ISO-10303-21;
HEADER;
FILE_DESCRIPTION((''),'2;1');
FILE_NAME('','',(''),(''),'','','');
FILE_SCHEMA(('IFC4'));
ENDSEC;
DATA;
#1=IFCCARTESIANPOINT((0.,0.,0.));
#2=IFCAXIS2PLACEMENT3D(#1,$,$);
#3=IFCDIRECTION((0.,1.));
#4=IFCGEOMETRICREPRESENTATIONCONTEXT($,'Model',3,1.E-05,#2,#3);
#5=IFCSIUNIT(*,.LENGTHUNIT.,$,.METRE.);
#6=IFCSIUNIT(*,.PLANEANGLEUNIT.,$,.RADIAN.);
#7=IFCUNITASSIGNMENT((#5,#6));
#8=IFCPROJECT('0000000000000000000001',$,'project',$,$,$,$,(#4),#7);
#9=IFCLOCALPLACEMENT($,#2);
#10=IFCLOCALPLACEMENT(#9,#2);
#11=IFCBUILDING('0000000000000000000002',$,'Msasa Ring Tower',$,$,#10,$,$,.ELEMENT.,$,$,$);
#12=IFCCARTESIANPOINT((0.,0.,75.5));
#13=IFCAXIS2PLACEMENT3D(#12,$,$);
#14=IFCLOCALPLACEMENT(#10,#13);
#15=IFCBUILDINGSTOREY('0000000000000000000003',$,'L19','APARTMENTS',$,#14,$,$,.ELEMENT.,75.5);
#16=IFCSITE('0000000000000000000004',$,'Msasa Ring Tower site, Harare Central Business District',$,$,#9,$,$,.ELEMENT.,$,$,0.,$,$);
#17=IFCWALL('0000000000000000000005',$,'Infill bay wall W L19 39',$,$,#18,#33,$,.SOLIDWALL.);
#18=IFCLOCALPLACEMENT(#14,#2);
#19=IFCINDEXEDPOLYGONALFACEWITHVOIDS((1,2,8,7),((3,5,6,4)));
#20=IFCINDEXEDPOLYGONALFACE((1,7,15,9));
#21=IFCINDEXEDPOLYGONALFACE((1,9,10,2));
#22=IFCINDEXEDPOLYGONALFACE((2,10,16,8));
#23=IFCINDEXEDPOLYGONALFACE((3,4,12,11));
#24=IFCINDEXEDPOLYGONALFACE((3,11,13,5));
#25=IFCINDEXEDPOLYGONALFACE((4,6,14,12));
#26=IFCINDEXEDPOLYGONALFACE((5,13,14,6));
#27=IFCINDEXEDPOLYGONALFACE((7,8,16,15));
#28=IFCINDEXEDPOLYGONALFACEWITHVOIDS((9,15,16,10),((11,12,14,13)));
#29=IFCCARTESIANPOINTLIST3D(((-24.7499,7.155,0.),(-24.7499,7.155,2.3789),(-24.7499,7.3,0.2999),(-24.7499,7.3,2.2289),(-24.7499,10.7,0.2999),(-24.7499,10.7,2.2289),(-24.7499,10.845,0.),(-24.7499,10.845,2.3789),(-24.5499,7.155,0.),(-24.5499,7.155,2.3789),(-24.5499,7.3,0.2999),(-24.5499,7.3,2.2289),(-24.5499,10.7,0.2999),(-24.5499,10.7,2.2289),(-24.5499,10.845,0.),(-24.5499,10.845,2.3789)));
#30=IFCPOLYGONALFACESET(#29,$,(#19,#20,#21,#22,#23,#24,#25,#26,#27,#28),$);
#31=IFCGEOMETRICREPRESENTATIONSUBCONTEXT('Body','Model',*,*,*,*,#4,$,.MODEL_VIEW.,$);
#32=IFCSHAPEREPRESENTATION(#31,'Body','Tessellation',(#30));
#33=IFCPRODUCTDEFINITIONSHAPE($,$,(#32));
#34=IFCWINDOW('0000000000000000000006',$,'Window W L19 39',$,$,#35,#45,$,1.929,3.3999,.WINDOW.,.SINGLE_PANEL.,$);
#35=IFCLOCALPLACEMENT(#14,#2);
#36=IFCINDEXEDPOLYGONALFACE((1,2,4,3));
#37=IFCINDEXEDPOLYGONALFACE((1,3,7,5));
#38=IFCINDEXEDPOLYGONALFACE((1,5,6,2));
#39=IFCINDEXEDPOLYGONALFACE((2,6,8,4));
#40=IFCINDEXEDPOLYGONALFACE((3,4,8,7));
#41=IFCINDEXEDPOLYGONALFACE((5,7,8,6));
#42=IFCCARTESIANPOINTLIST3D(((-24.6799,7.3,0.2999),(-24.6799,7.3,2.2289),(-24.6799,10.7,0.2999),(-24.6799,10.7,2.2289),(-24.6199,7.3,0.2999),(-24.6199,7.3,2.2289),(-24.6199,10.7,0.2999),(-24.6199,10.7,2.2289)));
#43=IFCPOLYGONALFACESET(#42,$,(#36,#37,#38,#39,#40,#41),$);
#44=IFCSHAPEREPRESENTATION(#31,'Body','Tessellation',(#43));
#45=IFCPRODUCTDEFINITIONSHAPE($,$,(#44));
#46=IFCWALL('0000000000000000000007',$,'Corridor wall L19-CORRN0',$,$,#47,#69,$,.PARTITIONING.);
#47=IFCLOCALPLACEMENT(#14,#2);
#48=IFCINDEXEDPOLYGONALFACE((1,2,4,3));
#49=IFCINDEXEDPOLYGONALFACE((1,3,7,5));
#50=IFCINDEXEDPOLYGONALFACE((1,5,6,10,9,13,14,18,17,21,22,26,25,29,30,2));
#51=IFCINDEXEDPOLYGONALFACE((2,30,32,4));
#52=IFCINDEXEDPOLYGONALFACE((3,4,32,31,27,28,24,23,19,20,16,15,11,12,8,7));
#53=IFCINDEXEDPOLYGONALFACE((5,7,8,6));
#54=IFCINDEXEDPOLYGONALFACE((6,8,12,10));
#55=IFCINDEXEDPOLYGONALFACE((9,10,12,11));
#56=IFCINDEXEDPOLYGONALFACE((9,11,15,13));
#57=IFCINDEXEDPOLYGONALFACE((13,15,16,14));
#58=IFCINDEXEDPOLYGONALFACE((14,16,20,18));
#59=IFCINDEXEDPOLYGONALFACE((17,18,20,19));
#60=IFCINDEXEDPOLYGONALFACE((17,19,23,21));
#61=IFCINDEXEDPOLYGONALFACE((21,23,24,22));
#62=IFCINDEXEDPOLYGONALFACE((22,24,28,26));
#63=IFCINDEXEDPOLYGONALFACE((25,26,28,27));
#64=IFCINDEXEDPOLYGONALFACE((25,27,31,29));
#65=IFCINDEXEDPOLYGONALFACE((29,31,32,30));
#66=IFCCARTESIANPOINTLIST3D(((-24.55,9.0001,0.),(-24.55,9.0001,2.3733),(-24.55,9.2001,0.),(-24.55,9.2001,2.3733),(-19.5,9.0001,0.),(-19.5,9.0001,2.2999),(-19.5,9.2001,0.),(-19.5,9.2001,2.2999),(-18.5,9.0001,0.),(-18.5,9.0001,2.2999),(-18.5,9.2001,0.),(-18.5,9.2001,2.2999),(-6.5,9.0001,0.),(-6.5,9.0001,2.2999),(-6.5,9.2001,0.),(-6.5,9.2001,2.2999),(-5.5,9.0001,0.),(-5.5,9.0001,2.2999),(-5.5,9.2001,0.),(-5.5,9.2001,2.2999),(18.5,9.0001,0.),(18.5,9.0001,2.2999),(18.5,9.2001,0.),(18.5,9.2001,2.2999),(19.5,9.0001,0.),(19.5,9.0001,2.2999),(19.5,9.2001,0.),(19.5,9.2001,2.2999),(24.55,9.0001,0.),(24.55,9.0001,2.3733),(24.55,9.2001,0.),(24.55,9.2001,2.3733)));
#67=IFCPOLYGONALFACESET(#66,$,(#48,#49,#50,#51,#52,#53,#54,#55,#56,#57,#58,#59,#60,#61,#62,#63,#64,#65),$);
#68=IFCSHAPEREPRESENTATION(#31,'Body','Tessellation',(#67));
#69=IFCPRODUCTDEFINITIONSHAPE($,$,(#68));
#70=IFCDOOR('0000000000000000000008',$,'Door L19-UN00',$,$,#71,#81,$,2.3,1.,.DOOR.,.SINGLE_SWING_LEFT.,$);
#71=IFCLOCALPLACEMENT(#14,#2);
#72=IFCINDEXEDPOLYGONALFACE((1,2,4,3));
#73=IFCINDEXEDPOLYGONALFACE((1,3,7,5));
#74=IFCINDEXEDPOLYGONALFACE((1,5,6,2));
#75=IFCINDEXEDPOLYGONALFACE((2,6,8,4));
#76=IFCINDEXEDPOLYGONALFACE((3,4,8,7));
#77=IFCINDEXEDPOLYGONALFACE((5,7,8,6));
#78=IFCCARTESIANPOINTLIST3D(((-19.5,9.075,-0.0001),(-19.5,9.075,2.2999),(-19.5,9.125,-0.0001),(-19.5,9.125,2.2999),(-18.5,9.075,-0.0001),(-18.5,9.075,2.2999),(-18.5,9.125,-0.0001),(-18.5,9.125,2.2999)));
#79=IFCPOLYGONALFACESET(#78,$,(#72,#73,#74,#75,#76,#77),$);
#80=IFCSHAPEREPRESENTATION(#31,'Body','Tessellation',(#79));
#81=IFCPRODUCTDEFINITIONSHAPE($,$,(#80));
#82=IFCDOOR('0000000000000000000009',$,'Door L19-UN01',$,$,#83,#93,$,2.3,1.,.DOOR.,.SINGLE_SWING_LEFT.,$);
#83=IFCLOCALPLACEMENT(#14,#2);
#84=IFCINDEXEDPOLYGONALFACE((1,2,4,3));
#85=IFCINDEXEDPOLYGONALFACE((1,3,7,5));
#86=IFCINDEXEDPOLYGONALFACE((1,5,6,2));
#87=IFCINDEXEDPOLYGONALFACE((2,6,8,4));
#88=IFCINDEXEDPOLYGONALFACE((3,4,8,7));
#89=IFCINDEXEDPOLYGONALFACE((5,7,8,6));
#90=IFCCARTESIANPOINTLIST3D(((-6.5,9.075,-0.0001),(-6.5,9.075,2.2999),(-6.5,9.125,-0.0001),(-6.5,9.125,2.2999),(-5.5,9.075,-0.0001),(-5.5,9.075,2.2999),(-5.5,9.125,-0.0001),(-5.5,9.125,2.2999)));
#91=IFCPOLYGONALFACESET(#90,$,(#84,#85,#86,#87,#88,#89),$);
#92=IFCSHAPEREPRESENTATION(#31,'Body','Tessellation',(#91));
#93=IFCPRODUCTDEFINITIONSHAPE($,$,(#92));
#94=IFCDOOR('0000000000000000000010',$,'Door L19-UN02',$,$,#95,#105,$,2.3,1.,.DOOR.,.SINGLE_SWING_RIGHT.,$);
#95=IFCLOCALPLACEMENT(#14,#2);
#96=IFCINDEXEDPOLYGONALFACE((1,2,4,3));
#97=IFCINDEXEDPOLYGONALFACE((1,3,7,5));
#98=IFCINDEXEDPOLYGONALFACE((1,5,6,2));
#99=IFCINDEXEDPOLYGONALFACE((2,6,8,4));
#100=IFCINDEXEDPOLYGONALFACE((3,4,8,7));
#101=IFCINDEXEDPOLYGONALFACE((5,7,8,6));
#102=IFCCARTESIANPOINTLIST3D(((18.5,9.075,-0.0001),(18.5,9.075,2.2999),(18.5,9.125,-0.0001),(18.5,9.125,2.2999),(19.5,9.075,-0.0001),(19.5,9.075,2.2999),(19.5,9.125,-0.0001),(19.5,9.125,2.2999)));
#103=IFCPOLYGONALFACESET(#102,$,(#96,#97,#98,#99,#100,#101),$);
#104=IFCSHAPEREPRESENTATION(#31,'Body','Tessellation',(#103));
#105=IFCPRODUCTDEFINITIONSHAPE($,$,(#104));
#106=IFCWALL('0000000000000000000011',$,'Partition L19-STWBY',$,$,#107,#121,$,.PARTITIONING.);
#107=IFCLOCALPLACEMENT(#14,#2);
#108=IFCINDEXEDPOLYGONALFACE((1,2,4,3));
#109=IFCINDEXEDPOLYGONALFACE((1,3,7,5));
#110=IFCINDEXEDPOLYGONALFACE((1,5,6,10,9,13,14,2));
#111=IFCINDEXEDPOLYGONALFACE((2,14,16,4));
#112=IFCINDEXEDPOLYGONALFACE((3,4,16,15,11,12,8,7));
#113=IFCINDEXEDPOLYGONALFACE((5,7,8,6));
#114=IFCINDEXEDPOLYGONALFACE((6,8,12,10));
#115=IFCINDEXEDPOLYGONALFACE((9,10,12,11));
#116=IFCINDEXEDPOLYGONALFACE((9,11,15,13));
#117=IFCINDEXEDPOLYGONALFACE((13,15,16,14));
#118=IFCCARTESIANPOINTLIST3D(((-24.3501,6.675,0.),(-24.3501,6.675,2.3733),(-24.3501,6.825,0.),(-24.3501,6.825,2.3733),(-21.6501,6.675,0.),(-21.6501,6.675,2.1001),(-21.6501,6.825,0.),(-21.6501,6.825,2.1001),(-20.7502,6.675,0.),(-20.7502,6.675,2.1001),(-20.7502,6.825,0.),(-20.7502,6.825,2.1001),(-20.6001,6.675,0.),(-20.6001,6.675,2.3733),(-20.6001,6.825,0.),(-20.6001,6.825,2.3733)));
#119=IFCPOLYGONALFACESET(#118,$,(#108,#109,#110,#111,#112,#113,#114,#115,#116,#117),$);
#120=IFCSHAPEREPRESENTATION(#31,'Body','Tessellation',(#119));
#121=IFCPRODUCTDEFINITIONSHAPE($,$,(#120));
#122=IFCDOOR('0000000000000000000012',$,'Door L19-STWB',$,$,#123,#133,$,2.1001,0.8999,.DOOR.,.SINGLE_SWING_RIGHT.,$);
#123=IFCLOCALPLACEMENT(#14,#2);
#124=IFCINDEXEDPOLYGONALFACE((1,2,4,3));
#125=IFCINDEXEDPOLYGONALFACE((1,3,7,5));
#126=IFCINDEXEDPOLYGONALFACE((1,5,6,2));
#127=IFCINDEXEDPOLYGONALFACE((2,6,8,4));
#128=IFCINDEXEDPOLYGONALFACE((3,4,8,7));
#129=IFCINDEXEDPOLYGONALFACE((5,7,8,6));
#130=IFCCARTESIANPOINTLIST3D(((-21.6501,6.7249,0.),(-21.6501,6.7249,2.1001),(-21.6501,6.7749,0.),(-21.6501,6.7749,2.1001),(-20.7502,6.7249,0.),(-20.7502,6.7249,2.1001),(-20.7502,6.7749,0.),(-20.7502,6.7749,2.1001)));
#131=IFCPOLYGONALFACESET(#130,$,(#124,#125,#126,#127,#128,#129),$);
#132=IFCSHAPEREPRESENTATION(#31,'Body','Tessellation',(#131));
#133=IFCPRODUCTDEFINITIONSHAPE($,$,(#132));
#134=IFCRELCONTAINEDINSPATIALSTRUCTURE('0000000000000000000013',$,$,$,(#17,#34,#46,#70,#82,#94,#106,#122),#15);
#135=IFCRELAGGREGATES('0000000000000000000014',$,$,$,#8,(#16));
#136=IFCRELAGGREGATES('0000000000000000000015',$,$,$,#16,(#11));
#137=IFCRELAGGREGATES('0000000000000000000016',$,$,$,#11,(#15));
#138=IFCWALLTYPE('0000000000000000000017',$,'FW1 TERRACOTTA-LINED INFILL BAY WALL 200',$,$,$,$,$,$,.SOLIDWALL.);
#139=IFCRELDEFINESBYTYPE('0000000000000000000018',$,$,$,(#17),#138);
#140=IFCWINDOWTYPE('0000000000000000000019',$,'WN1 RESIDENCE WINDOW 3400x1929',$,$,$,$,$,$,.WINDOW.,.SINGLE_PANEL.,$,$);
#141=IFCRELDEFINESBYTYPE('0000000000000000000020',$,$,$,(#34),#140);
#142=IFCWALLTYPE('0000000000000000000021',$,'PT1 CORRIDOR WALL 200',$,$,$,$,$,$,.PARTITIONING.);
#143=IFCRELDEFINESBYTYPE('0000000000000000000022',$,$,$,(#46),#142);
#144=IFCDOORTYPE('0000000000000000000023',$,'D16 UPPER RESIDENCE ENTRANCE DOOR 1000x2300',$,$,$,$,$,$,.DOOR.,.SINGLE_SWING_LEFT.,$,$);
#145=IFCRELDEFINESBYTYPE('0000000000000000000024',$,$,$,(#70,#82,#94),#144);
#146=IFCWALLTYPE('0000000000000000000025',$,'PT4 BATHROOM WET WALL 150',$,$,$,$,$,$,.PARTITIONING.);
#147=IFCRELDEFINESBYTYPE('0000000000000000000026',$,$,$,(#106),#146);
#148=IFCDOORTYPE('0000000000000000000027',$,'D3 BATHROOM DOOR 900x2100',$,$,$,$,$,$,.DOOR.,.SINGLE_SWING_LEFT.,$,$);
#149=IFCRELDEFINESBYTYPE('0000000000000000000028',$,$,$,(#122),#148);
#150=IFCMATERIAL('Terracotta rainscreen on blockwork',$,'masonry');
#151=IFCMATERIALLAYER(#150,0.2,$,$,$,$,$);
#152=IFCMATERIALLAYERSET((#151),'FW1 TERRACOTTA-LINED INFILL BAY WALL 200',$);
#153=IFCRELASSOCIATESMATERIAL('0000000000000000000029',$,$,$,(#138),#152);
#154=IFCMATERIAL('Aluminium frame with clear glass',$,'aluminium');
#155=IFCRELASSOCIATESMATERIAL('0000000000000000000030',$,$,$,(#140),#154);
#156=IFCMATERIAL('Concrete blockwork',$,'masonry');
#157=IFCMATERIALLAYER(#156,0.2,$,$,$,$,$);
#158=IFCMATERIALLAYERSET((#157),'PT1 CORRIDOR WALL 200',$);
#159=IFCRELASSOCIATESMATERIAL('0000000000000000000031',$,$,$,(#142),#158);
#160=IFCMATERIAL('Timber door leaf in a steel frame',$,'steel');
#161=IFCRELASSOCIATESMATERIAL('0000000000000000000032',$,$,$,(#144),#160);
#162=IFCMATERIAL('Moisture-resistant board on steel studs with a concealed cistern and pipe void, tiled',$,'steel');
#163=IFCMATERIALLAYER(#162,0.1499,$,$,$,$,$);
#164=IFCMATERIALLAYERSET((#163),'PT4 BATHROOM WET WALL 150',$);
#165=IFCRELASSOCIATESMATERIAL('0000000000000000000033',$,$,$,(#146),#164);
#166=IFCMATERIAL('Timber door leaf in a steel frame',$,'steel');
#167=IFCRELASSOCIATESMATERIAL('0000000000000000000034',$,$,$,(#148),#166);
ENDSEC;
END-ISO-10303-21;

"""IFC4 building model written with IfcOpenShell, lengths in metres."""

from ifc_helpers import new_model, si_unit, direction, frame, frame_2d, origin, place, context, subcontext, project, spatial, rectangle, extrude, material, layer, layer_set, type_object, element, fill, save


model = new_model("IFC4")

# Units and contexts
model_context = context("Model", 3, precision=1e-05, world=origin(), true_north=direction((0.0, 1.0)))
body_context = subcontext(model_context, "Body", "Model", "MODEL_VIEW")
ifc_project = project(units=[si_unit("LENGTHUNIT", "METRE"), si_unit("PLANEANGLEUNIT", "RADIAN")], contexts=[model_context])

# Site, building, storey
site_placement = place(None, origin())
site = spatial("IfcSite", under=ifc_project, at=site_placement, Name="Msasa Ring Tower site, Harare Central Business District", CompositionType="ELEMENT", RefElevation=0.0)
building_placement = place(site_placement, origin())
building = spatial("IfcBuilding", under=site, at=building_placement, Name="Msasa Ring Tower", CompositionType="ELEMENT")
storey_placement = place(building_placement, frame((0.0, 0.0, 75.5)))
storey = spatial("IfcBuildingStorey", under=building, at=storey_placement, Name="L19", Description="APARTMENTS", CompositionType="ELEMENT", Elevation=75.5)

# Wall, opening, window
ifc_material_1 = material(Name="Terracotta rainscreen on blockwork", Category="masonry")
ifc_layer_1 = layer(ifc_material_1, 0.2)
ifc_layer_set_1 = layer_set([ifc_layer_1], Name="FW1 TERRACOTTA-LINED INFILL BAY WALL 200")
wall_type_1 = type_object("IfcWallType", Name="FW1 TERRACOTTA-LINED INFILL BAY WALL 200", PredefinedType="SOLIDWALL", material=ifc_layer_set_1)
wall_1_placement = place(storey_placement, frame((-24.6499, 7.155, 0.0), z_axis=(0.0, 0.0, 1.0), x_axis=(0.0, 1.0, 0.0)))
wall_1 = element("IfcWall", 1, at=wall_1_placement, inside=storey, type_object=wall_type_1, Name="Infill bay wall W L19 39", PredefinedType="SOLIDWALL", context=body_context, shape_type="SweptSolid", body=[
    extrude(rectangle(XDim=3.6899, YDim=0.2, at=frame_2d((1.845, 0.0))), origin(), (0.0, 0.0, 1.0), 2.3789),
])
opening_1_placement = place(wall_1_placement, frame((0.145, 0.0, 0.3)))
opening_1 = element("IfcOpeningElement", 2, at=opening_1_placement, cuts=wall_1, PredefinedType="OPENING", context=body_context, shape_type="SweptSolid", body=[
    extrude(rectangle(XDim=3.3999, YDim=1.929, at=frame_2d((1.7, 0.9644))), frame((0.0, 0.1099, 0.0), z_axis=(0.0, -1.0, 0.0), x_axis=(1.0, 0.0, 0.0)), (0.0, 0.0, 1.0), 0.22),
])
ifc_material_2 = material(Name="Aluminium frame with clear glass", Category="aluminium")
window_type = type_object("IfcWindowType", Name="WN1 RESIDENCE WINDOW 3400x1929", PartitioningType="SINGLE_PANEL", PredefinedType="WINDOW", material=ifc_material_2)
window_placement = place(opening_1_placement, origin())
window = element("IfcWindow", 3, at=window_placement, inside=storey, type_object=window_type, Name="Window W L19 39", OverallHeight=1.929, OverallWidth=3.3999, PartitioningType="SINGLE_PANEL", PredefinedType="WINDOW", context=body_context, shape_type="SweptSolid", body=[
    extrude(rectangle(XDim=3.3999, YDim=1.929, at=frame_2d((1.7, 0.9644))), frame((0.0, 0.03, 0.0), z_axis=(0.0, -1.0, 0.0), x_axis=(1.0, 0.0, 0.0)), (0.0, 0.0, 1.0), 0.0601),
])
fill(opening_1, window)

# Wall, openings, doors
ifc_material_3 = material(Name="Concrete blockwork", Category="masonry")
ifc_layer_2 = layer(ifc_material_3, 0.2)
ifc_layer_set_2 = layer_set([ifc_layer_2], Name="PT1 CORRIDOR WALL 200")
wall_type_2 = type_object("IfcWallType", Name="PT1 CORRIDOR WALL 200", PredefinedType="PARTITIONING", material=ifc_layer_set_2)
wall_2_placement = place(storey_placement, frame((-24.55, 9.1001, 0.0), z_axis=(0.0, 0.0, 1.0), x_axis=(1.0, 0.0, 0.0)))
wall_2 = element("IfcWall", 4, at=wall_2_placement, inside=storey, type_object=wall_type_2, Name="Corridor wall L19-CORRN0", PredefinedType="PARTITIONING", context=body_context, shape_type="SweptSolid", body=[
    extrude(rectangle(XDim=49.1001, YDim=0.2, at=frame_2d((24.55, 0.0))), origin(), (0.0, 0.0, 1.0), 2.3733),
])
opening_2_placement = place(wall_2_placement, frame((5.05, 0.0, 0.0)))
opening_2 = element("IfcOpeningElement", 5, at=opening_2_placement, cuts=wall_2, PredefinedType="OPENING", context=body_context, shape_type="SweptSolid", body=[
    extrude(rectangle(XDim=1.0, YDim=2.3, at=frame_2d((0.5, 1.1499))), frame((0.0, 0.1099, 0.0), z_axis=(0.0, -1.0, 0.0), x_axis=(1.0, 0.0, 0.0)), (0.0, 0.0, 1.0), 0.22),
])
opening_3_placement = place(wall_2_placement, frame((18.05, 0.0, 0.0)))
opening_3 = element("IfcOpeningElement", 6, at=opening_3_placement, cuts=wall_2, PredefinedType="OPENING", context=body_context, shape_type="SweptSolid", body=[
    extrude(rectangle(XDim=1.0, YDim=2.3, at=frame_2d((0.5, 1.1499))), frame((0.0, 0.1099, 0.0), z_axis=(0.0, -1.0, 0.0), x_axis=(1.0, 0.0, 0.0)), (0.0, 0.0, 1.0), 0.22),
])
opening_4_placement = place(wall_2_placement, frame((43.05, 0.0, 0.0)))
opening_4 = element("IfcOpeningElement", 7, at=opening_4_placement, cuts=wall_2, PredefinedType="OPENING", context=body_context, shape_type="SweptSolid", body=[
    extrude(rectangle(XDim=1.0, YDim=2.3, at=frame_2d((0.5, 1.1499))), frame((0.0, 0.1099, 0.0), z_axis=(0.0, -1.0, 0.0), x_axis=(1.0, 0.0, 0.0)), (0.0, 0.0, 1.0), 0.22),
])
ifc_material_4 = material(Name="Timber door leaf in a steel frame", Category="steel")
door_type_1 = type_object("IfcDoorType", Name="D16 UPPER RESIDENCE ENTRANCE DOOR 1000x2300", OperationType="SINGLE_SWING_LEFT", PredefinedType="DOOR", material=ifc_material_4)
door_1_placement = place(opening_2_placement, origin())
door_1 = element("IfcDoor", 8, at=door_1_placement, inside=storey, type_object=door_type_1, Name="Door L19-UN00", OperationType="SINGLE_SWING_LEFT", OverallHeight=2.3, OverallWidth=1.0, PredefinedType="DOOR", context=body_context, shape_type="SweptSolid", body=[
    extrude(rectangle(XDim=1.0, YDim=2.3, at=frame_2d((0.5, 1.1499))), frame((0.0, 0.0249, 0.0), z_axis=(0.0, -1.0, 0.0), x_axis=(1.0, 0.0, 0.0)), (0.0, 0.0, 1.0), 0.05),
])
fill(opening_2, door_1)
door_2_placement = place(opening_3_placement, origin())
door_2 = element("IfcDoor", 9, at=door_2_placement, inside=storey, type_object=door_type_1, Name="Door L19-UN01", OperationType="SINGLE_SWING_LEFT", OverallHeight=2.3, OverallWidth=1.0, PredefinedType="DOOR", context=body_context, shape_type="SweptSolid", body=[
    extrude(rectangle(XDim=1.0, YDim=2.3, at=frame_2d((0.5, 1.1499))), frame((0.0, 0.0249, 0.0), z_axis=(0.0, -1.0, 0.0), x_axis=(1.0, 0.0, 0.0)), (0.0, 0.0, 1.0), 0.05),
])
fill(opening_3, door_2)
door_3_placement = place(opening_4_placement, origin())
door_3 = element("IfcDoor", 10, at=door_3_placement, inside=storey, type_object=door_type_1, Name="Door L19-UN02", OperationType="SINGLE_SWING_RIGHT", OverallHeight=2.3, OverallWidth=1.0, PredefinedType="DOOR", context=body_context, shape_type="SweptSolid", body=[
    extrude(rectangle(XDim=1.0, YDim=2.3, at=frame_2d((0.5, 1.1499))), frame((0.0, 0.0249, 0.0), z_axis=(0.0, -1.0, 0.0), x_axis=(1.0, 0.0, 0.0)), (0.0, 0.0, 1.0), 0.05),
])
fill(opening_4, door_3)

# Wall, opening, door
ifc_material_5 = material(Name="Moisture-resistant board on steel studs with a concealed cistern and pipe void, tiled", Category="steel")
ifc_layer_3 = layer(ifc_material_5, 0.1499)
ifc_layer_set_3 = layer_set([ifc_layer_3], Name="PT4 BATHROOM WET WALL 150")
wall_type_3 = type_object("IfcWallType", Name="PT4 BATHROOM WET WALL 150", PredefinedType="PARTITIONING", material=ifc_layer_set_3)
wall_3_placement = place(storey_placement, frame((-24.3501, 6.75, 0.0), z_axis=(0.0, 0.0, 1.0), x_axis=(1.0, 0.0, 0.0)))
wall_3 = element("IfcWall", 11, at=wall_3_placement, inside=storey, type_object=wall_type_3, Name="Partition L19-STWBY", PredefinedType="PARTITIONING", context=body_context, shape_type="SweptSolid", body=[
    extrude(rectangle(XDim=3.75, YDim=0.1499, at=frame_2d((1.875, 0.0))), origin(), (0.0, 0.0, 1.0), 2.3733),
])
opening_5_placement = place(wall_3_placement, frame((2.7, 0.0, 0.0)))
opening_5 = element("IfcOpeningElement", 12, at=opening_5_placement, cuts=wall_3, PredefinedType="OPENING", context=body_context, shape_type="SweptSolid", body=[
    extrude(rectangle(XDim=0.8999, YDim=2.1001, at=frame_2d((0.45, 1.05))), frame((0.0, 0.085, 0.0), z_axis=(0.0, -1.0, 0.0), x_axis=(1.0, 0.0, 0.0)), (0.0, 0.0, 1.0), 0.1699),
])
ifc_material_6 = material(Name="Timber door leaf in a steel frame", Category="steel")
door_type_2 = type_object("IfcDoorType", Name="D3 BATHROOM DOOR 900x2100", OperationType="SINGLE_SWING_LEFT", PredefinedType="DOOR", material=ifc_material_6)
door_4_placement = place(opening_5_placement, origin())
door_4 = element("IfcDoor", 13, at=door_4_placement, inside=storey, type_object=door_type_2, Name="Door L19-STWB", OperationType="SINGLE_SWING_RIGHT", OverallHeight=2.1001, OverallWidth=0.8999, PredefinedType="DOOR", context=body_context, shape_type="SweptSolid", body=[
    extrude(rectangle(XDim=0.8999, YDim=2.1001, at=frame_2d((0.45, 1.05))), frame((0.0, 0.0249, 0.0), z_axis=(0.0, -1.0, 0.0), x_axis=(1.0, 0.0, 0.0)), (0.0, 0.0, 1.0), 0.05),
])
fill(opening_5, door_4)

save(model, "model.ifc")
